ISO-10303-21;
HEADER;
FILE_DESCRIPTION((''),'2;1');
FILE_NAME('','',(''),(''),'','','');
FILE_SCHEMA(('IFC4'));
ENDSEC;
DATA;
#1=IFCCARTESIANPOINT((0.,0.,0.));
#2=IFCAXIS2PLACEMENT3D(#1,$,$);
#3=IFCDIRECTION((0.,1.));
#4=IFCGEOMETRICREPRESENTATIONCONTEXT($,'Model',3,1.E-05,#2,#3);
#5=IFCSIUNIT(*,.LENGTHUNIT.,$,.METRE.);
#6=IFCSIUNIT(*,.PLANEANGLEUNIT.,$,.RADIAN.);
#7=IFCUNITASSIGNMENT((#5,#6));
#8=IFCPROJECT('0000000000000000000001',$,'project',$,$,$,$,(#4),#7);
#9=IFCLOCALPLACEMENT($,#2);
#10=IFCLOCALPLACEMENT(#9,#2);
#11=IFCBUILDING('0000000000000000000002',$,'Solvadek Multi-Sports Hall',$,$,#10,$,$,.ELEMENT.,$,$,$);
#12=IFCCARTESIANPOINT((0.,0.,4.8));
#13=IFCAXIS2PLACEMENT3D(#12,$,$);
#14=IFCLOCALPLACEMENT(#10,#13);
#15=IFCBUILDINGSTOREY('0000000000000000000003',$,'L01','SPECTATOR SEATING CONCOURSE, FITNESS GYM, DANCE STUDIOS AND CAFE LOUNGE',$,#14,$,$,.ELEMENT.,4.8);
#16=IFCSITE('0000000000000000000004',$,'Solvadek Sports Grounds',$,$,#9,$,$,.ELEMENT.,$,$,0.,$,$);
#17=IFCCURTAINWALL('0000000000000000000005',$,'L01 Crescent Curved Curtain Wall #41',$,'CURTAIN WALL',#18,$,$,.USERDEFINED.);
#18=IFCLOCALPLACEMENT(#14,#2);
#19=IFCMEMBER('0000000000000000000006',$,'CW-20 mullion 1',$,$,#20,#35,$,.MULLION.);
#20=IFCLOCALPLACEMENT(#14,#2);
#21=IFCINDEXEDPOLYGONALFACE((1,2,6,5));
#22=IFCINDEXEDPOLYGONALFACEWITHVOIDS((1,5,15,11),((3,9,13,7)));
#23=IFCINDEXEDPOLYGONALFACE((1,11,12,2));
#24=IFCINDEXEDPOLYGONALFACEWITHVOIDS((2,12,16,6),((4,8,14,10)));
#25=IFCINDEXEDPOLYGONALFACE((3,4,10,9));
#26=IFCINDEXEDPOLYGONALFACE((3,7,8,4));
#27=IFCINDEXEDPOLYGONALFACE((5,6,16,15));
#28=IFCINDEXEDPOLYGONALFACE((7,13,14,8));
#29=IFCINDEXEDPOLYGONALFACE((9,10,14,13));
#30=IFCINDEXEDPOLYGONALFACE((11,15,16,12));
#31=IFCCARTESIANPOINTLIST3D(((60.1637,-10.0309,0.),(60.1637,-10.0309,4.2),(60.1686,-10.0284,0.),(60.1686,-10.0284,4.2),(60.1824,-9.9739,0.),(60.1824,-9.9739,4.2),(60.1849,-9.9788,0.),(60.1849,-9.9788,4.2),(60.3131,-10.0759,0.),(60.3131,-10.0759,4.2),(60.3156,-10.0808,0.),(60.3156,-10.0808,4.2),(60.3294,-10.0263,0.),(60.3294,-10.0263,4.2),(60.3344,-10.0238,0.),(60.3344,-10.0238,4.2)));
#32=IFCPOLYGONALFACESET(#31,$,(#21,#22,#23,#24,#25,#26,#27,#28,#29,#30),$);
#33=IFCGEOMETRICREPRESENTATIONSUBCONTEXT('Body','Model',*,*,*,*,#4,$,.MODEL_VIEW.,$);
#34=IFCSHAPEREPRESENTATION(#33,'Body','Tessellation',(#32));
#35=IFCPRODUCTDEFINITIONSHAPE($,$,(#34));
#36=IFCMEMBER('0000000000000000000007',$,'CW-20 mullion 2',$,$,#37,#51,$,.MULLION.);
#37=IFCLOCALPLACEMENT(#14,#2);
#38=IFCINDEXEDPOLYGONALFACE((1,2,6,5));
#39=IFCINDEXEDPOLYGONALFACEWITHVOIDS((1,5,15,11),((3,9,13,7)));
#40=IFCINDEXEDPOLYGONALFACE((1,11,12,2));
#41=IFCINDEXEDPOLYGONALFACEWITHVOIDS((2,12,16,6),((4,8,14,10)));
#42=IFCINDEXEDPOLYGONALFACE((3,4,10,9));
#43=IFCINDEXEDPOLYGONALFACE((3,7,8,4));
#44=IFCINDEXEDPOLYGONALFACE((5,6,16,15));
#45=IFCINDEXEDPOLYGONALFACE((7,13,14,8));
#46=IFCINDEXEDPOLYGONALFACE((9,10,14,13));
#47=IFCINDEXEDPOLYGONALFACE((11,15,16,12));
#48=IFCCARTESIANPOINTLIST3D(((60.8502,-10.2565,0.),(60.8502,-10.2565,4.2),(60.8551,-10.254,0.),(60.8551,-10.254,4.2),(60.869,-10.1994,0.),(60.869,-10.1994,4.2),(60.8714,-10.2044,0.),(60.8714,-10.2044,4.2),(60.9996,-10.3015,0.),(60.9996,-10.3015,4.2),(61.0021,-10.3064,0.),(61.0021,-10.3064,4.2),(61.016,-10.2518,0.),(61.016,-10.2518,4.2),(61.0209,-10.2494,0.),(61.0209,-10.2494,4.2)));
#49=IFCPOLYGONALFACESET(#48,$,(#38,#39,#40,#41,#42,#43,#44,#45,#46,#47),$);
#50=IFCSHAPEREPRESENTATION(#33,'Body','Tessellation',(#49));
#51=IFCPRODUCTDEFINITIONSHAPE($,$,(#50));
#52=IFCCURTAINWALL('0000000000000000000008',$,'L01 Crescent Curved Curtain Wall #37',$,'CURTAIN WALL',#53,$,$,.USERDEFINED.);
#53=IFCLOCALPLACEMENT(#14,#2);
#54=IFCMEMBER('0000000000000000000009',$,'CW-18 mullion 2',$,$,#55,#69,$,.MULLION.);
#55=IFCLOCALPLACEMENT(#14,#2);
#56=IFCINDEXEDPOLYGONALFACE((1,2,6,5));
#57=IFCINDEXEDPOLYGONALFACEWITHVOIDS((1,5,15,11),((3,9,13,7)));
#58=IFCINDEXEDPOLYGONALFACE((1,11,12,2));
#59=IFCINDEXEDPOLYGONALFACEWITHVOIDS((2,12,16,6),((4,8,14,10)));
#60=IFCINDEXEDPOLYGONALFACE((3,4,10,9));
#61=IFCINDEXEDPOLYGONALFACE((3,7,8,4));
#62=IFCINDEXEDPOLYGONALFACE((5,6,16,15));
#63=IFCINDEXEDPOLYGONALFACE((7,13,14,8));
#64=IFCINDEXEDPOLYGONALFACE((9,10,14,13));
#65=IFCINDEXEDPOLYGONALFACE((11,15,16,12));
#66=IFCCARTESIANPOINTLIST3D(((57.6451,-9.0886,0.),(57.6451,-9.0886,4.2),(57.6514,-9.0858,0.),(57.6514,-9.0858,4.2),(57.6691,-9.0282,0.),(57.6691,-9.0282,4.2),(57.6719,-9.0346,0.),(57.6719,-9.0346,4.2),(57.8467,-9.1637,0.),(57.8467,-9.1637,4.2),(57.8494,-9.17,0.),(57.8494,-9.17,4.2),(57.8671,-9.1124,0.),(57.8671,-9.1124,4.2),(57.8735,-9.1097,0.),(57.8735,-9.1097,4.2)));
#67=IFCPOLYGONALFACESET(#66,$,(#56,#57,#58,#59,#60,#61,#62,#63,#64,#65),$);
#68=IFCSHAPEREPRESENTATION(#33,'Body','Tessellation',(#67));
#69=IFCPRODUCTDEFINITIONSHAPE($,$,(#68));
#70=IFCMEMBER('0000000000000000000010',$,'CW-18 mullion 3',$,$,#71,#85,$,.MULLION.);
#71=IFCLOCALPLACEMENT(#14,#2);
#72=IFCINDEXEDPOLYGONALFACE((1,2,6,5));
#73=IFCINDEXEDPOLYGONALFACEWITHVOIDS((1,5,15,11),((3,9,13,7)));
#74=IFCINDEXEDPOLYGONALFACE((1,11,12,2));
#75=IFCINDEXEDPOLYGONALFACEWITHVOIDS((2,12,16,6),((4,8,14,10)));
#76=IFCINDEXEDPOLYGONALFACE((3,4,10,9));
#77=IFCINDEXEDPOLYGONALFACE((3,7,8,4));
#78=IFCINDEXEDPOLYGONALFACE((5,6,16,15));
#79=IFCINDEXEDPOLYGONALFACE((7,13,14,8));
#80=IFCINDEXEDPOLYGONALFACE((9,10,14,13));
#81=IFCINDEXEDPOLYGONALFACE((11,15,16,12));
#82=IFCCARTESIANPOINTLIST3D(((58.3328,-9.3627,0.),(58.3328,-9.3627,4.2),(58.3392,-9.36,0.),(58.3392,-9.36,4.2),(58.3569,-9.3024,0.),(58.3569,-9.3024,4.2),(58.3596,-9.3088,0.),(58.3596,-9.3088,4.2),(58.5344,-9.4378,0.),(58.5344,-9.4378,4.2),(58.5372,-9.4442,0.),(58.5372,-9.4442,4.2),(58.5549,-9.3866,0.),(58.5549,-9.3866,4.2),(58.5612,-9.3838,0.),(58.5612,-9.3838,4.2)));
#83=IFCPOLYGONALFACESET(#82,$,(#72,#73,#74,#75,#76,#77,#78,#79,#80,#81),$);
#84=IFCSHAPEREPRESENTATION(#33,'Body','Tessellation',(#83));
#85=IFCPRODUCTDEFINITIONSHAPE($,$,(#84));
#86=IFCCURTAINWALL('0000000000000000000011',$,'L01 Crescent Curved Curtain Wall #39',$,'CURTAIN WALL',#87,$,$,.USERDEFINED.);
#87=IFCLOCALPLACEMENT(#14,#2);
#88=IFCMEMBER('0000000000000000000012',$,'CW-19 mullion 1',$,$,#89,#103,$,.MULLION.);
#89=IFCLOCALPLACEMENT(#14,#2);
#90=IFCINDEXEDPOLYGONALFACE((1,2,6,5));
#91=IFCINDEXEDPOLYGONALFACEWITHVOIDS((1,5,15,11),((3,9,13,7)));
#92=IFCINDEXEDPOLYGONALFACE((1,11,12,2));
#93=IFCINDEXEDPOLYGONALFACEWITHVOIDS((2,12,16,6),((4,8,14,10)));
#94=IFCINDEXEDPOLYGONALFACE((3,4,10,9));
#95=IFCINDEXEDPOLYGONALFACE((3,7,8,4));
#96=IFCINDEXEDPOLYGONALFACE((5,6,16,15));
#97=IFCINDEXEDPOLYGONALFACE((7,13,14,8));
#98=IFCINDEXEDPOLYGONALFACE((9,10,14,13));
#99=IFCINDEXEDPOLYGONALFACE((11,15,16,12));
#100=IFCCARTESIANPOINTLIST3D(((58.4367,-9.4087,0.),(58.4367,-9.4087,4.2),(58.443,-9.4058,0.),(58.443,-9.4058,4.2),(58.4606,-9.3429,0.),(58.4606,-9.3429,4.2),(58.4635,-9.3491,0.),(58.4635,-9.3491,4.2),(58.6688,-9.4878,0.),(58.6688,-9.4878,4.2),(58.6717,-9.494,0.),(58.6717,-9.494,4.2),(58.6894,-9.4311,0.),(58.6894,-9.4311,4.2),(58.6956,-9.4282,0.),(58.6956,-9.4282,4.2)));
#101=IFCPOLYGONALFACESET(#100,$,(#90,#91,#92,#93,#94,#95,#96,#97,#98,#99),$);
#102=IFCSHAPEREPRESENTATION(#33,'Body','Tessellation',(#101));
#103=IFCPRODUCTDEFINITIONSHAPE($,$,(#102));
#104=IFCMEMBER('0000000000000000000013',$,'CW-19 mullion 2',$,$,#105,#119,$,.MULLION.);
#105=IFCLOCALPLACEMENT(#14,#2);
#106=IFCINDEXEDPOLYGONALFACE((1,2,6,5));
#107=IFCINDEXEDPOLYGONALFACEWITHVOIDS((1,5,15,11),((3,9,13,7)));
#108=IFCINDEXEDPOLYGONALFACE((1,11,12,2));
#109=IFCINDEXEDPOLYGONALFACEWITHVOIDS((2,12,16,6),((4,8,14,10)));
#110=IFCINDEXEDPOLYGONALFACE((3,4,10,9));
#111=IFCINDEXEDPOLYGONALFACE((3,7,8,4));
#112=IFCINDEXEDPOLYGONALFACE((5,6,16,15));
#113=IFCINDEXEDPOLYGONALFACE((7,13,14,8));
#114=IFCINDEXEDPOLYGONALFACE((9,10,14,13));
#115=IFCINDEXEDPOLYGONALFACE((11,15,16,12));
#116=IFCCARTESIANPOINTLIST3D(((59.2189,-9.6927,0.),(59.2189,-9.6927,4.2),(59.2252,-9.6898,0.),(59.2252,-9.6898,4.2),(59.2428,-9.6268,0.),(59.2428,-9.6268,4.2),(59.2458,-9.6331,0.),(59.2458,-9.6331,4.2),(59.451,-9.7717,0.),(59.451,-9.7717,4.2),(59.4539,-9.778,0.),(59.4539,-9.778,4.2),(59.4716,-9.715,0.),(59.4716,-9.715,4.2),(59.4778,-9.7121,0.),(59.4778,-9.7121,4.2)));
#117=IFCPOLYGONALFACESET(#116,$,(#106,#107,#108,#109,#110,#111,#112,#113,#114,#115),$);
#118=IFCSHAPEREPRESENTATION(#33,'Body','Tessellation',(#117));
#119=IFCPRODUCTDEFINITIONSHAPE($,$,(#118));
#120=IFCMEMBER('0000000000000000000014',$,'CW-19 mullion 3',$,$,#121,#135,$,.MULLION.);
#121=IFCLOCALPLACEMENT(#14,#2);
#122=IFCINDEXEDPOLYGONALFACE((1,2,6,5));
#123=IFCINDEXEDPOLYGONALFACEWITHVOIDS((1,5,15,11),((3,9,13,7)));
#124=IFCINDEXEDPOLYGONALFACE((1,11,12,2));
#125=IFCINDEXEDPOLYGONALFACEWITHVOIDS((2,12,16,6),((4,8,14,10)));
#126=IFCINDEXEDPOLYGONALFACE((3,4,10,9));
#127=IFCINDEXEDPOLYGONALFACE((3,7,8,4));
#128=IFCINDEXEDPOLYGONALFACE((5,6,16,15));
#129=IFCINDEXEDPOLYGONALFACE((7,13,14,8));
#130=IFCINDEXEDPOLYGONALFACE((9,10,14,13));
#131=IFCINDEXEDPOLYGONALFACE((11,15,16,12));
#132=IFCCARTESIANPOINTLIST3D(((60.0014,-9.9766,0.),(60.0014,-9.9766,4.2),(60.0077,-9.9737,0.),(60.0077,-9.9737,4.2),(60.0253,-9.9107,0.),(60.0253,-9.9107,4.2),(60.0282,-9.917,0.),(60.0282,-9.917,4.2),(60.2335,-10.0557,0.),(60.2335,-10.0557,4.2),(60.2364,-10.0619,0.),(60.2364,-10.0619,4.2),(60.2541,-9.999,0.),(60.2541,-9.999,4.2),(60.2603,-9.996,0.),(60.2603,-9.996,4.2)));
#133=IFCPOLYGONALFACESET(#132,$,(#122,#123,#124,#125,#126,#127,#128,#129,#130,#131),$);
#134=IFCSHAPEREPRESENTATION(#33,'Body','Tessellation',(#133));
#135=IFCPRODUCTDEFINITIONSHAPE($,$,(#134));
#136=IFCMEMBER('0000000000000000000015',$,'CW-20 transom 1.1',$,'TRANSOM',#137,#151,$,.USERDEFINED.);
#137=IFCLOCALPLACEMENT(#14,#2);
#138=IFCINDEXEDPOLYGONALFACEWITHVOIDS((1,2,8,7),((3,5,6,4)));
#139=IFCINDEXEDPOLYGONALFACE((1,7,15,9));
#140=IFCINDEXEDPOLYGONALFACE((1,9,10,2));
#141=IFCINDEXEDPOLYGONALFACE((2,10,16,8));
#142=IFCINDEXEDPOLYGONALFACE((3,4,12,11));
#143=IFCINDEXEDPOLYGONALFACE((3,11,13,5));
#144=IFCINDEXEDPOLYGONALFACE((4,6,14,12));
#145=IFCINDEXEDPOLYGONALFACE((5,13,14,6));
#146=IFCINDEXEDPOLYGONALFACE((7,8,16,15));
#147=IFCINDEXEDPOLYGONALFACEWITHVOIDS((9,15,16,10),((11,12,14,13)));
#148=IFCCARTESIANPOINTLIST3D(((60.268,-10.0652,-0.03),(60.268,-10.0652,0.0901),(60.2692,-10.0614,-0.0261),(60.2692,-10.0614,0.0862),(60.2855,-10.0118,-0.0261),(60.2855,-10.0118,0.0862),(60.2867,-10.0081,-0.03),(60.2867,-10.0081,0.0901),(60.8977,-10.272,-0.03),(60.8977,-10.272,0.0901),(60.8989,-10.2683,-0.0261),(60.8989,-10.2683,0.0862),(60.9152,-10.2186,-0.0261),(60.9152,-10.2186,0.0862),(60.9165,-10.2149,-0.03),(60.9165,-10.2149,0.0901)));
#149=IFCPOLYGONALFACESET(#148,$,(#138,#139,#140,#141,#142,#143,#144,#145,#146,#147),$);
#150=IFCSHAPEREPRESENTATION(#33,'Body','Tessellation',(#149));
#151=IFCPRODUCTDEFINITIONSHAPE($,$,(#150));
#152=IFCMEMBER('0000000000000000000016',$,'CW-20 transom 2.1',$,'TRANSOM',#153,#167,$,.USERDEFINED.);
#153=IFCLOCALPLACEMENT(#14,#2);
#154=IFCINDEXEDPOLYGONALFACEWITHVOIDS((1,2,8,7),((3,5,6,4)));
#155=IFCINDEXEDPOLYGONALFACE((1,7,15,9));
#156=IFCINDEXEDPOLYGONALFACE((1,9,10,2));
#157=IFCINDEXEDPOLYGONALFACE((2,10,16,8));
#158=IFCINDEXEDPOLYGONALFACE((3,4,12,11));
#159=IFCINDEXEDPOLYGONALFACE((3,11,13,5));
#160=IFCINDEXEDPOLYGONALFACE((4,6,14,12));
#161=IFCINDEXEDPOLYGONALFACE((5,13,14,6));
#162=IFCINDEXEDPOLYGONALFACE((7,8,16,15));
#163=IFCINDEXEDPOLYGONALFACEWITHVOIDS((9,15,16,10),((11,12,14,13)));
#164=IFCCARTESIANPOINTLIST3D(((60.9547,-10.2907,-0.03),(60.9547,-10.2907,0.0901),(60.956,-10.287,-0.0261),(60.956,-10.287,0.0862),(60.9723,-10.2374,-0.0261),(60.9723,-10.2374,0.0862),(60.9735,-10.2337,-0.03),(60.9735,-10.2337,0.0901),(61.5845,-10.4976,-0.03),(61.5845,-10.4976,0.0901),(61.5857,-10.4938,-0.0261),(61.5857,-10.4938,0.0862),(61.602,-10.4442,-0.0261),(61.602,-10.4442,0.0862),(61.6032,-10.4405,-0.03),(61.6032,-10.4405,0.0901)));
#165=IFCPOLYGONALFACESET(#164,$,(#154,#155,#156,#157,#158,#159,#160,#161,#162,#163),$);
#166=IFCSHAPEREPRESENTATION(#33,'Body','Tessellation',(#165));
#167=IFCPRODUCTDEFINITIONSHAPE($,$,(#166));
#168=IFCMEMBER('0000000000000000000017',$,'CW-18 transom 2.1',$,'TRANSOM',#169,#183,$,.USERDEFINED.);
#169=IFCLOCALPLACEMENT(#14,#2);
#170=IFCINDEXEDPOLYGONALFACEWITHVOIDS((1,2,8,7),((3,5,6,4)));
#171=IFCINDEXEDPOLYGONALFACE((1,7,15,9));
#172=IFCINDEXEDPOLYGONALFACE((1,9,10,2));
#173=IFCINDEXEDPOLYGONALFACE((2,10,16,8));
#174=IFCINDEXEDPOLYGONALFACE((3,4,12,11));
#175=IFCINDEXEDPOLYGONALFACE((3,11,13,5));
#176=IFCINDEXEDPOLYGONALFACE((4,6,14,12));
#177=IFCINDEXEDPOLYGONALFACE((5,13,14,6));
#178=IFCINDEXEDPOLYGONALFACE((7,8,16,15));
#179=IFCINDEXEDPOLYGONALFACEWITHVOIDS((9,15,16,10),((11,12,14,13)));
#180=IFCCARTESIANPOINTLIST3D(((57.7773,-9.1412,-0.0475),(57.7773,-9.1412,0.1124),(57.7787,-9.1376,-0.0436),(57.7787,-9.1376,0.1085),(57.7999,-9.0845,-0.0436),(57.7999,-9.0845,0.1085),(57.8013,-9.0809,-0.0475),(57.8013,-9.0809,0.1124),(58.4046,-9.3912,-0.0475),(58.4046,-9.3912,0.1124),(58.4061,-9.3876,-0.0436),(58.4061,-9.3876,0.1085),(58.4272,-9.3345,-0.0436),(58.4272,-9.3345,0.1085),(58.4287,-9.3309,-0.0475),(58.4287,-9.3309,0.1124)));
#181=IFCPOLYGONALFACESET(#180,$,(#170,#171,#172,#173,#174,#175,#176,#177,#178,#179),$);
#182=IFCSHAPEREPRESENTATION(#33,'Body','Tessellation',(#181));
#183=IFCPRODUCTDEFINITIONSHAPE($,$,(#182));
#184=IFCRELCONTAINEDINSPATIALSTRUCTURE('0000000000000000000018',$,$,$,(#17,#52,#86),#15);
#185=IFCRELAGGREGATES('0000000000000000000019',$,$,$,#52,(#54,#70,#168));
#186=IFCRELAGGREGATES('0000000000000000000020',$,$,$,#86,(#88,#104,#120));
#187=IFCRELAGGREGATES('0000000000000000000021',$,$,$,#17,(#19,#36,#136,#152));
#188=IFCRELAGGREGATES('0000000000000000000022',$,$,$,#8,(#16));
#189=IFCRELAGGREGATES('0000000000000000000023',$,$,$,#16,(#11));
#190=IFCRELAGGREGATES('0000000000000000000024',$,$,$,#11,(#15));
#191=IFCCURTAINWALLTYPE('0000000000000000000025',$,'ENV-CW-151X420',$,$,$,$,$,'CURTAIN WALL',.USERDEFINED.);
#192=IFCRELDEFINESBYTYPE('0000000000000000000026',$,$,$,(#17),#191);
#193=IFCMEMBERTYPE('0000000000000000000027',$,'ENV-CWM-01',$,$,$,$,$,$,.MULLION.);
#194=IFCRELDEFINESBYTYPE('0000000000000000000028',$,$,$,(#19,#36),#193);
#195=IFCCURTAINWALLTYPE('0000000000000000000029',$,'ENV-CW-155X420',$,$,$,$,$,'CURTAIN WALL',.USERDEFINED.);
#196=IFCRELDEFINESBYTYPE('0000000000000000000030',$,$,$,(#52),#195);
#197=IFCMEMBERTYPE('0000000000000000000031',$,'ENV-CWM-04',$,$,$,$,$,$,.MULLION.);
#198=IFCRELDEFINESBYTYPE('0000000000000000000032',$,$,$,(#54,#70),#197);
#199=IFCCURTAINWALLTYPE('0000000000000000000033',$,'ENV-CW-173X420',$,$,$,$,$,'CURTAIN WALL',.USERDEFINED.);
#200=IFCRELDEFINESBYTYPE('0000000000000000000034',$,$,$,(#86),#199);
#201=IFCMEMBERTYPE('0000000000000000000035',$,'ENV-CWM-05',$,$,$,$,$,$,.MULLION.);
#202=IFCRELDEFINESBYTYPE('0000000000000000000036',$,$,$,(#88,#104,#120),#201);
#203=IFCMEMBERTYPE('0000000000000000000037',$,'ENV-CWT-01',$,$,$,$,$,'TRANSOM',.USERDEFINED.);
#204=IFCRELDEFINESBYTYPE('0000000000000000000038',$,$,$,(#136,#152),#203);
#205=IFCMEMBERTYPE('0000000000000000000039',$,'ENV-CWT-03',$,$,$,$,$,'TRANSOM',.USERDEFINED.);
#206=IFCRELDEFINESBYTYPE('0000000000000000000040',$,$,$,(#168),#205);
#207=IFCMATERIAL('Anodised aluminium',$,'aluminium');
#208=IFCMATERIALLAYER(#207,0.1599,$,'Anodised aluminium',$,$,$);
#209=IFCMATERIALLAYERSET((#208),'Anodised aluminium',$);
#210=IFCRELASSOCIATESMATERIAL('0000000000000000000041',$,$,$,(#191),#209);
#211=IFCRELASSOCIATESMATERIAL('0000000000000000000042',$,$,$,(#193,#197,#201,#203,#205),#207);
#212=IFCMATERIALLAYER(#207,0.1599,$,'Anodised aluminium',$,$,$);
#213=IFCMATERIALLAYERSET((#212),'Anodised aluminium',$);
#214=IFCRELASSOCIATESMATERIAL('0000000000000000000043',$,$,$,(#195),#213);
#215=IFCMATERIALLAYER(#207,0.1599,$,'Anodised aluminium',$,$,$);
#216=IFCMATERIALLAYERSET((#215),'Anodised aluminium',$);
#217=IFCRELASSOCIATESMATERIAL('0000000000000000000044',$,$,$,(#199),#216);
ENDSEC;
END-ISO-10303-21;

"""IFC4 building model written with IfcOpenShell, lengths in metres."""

from ifc_helpers import new_model, si_unit, direction, frame, origin, origin_2d, place, context, subcontext, project, spatial, hollow_rectangle, extrude, material, layer, layer_set, material_profile, profile_set, type_object, element, aggregate, save


model = new_model("IFC4")

# Units and contexts
model_context = context("Model", 3, precision=1e-05, world=origin(), true_north=direction((0.0, 1.0)))
body_context = subcontext(model_context, "Body", "Model", "MODEL_VIEW")
ifc_project = project(units=[si_unit("LENGTHUNIT", "METRE"), si_unit("PLANEANGLEUNIT", "RADIAN")], contexts=[model_context])

# Site, building, storey
site_placement = place(None, origin())
site = spatial("IfcSite", under=ifc_project, at=site_placement, Name="Solvadek Sports Grounds", CompositionType="ELEMENT", RefElevation=0.0)
building_placement = place(site_placement, origin())
building = spatial("IfcBuilding", under=site, at=building_placement, Name="Solvadek Multi-Sports Hall", CompositionType="ELEMENT")
storey_placement = place(building_placement, frame((0.0, 0.0, 4.8)))
storey = spatial("IfcBuildingStorey", under=building, at=storey_placement, Name="L01", Description="SPECTATOR SEATING CONCOURSE, FITNESS GYM, DANCE STUDIOS AND CAFE LOUNGE", CompositionType="ELEMENT", Elevation=4.8)

# Curtain walls, members
ifc_material_1 = material(Name="Anodised aluminium", Category="aluminium")
ifc_layer_1 = layer(ifc_material_1, 0.1599, Name="Anodised aluminium")
ifc_layer_set_1 = layer_set([ifc_layer_1], Name="Anodised aluminium")
curtain_wall_type_1 = type_object("IfcCurtainWallType", Name="ENV-CW-151X420", ElementType="CURTAIN WALL", PredefinedType="USERDEFINED", material=ifc_layer_set_1)
curtain_wall_1_placement = place(storey_placement, origin())
curtain_wall_1 = element("IfcCurtainWall", 1, at=curtain_wall_1_placement, inside=storey, type_object=curtain_wall_type_1, Name="L01 Crescent Curved Curtain Wall #41", ObjectType="CURTAIN WALL", PredefinedType="USERDEFINED")
ifc_material_profile_1 = material_profile(ifc_material_1, hollow_rectangle(XDim=0.0601, YDim=0.1599, WallThickness=0.0039, at=origin_2d()), Name="ALU-M 160x60x4")
ifc_profile_set_1 = profile_set([ifc_material_profile_1], Name="Anodised aluminium")
member_type_1 = type_object("IfcMemberType", Name="ENV-CWM-01", PredefinedType="MULLION", material=ifc_profile_set_1)
member_1_placement = place(storey_placement, frame((60.249, -10.0273, 0.0), z_axis=(0.0, 0.0, 1.0), x_axis=(0.3121, 0.950049, 0.0)))
member_1 = element("IfcMember", 2, at=member_1_placement, type_object=member_type_1, Name="CW-20 mullion 1", PredefinedType="MULLION", context=body_context, shape_type="SweptSolid", body=[
    extrude(hollow_rectangle(XDim=0.0601, YDim=0.1599, WallThickness=0.0039, at=origin_2d()), origin(), (0.0, 0.0, 1.0), 4.2),
])
member_2_placement = place(storey_placement, frame((60.9355, -10.2529, 0.0), z_axis=(0.0, 0.0, 1.0), x_axis=(0.3121, 0.950049, 0.0)))
member_2 = element("IfcMember", 3, at=member_2_placement, type_object=member_type_1, Name="CW-20 mullion 2", PredefinedType="MULLION", context=body_context, shape_type="SweptSolid", body=[
    extrude(hollow_rectangle(XDim=0.0601, YDim=0.1599, WallThickness=0.0039, at=origin_2d()), origin(), (0.0, 0.0, 1.0), 4.2),
])
ifc_layer_2 = layer(ifc_material_1, 0.1599, Name="Anodised aluminium")
ifc_layer_set_2 = layer_set([ifc_layer_2], Name="Anodised aluminium")
curtain_wall_type_2 = type_object("IfcCurtainWallType", Name="ENV-CW-155X420", ElementType="CURTAIN WALL", PredefinedType="USERDEFINED", material=ifc_layer_set_2)
curtain_wall_2_placement = place(storey_placement, origin())
curtain_wall_2 = element("IfcCurtainWall", 4, at=curtain_wall_2_placement, inside=storey, type_object=curtain_wall_type_2, Name="L01 Crescent Curved Curtain Wall #37", ObjectType="CURTAIN WALL", PredefinedType="USERDEFINED")
ifc_material_profile_2 = material_profile(ifc_material_1, hollow_rectangle(XDim=0.0649, YDim=0.22, WallThickness=0.0049, at=origin_2d()), Name="ALU-M 220x65x5")
ifc_profile_set_2 = profile_set([ifc_material_profile_2], Name="Anodised aluminium")
member_type_2 = type_object("IfcMemberType", Name="ENV-CWM-04", PredefinedType="MULLION", material=ifc_profile_set_2)
member_3_placement = place(storey_placement, frame((57.7593, -9.0991, 0.0), z_axis=(0.0, 0.0, 1.0), x_axis=(0.370163, 0.928967, 0.0)))
member_3 = element("IfcMember", 5, at=member_3_placement, type_object=member_type_2, Name="CW-18 mullion 2", PredefinedType="MULLION", context=body_context, shape_type="SweptSolid", body=[
    extrude(hollow_rectangle(XDim=0.0649, YDim=0.22, WallThickness=0.0049, at=origin_2d()), origin(), (0.0, 0.0, 1.0), 4.2),
])
member_4_placement = place(storey_placement, frame((58.447, -9.3733, 0.0), z_axis=(0.0, 0.0, 1.0), x_axis=(0.370163, 0.928967, 0.0)))
member_4 = element("IfcMember", 6, at=member_4_placement, type_object=member_type_2, Name="CW-18 mullion 3", PredefinedType="MULLION", context=body_context, shape_type="SweptSolid", body=[
    extrude(hollow_rectangle(XDim=0.0649, YDim=0.22, WallThickness=0.0049, at=origin_2d()), origin(), (0.0, 0.0, 1.0), 4.2),
])
ifc_layer_3 = layer(ifc_material_1, 0.1599, Name="Anodised aluminium")
ifc_layer_set_3 = layer_set([ifc_layer_3], Name="Anodised aluminium")
curtain_wall_type_3 = type_object("IfcCurtainWallType", Name="ENV-CW-173X420", ElementType="CURTAIN WALL", PredefinedType="USERDEFINED", material=ifc_layer_set_3)
curtain_wall_3_placement = place(storey_placement, origin())
curtain_wall_3 = element("IfcCurtainWall", 7, at=curtain_wall_3_placement, inside=storey, type_object=curtain_wall_type_3, Name="L01 Crescent Curved Curtain Wall #39", ObjectType="CURTAIN WALL", PredefinedType="USERDEFINED")
ifc_material_profile_3 = material_profile(ifc_material_1, hollow_rectangle(XDim=0.0701, YDim=0.25, WallThickness=0.0049, at=origin_2d()), Name="ALU-M 250x70x5")
ifc_profile_set_3 = profile_set([ifc_material_profile_3], Name="Anodised aluminium")
member_type_3 = type_object("IfcMemberType", Name="ENV-CWM-05", PredefinedType="MULLION", material=ifc_profile_set_3)
member_5_placement = place(storey_placement, frame((58.5662, -9.4185, 0.0), z_axis=(0.0, 0.0, 1.0), x_axis=(0.341197, 0.939992, 0.0)))
member_5 = element("IfcMember", 8, at=member_5_placement, type_object=member_type_3, Name="CW-19 mullion 1", PredefinedType="MULLION", context=body_context, shape_type="SweptSolid", body=[
    extrude(hollow_rectangle(XDim=0.0701, YDim=0.25, WallThickness=0.0049, at=origin_2d()), origin(), (0.0, 0.0, 1.0), 4.2),
])
member_6_placement = place(storey_placement, frame((59.3484, -9.7024, 0.0), z_axis=(0.0, 0.0, 1.0), x_axis=(0.341197, 0.939992, 0.0)))
member_6 = element("IfcMember", 9, at=member_6_placement, type_object=member_type_3, Name="CW-19 mullion 2", PredefinedType="MULLION", context=body_context, shape_type="SweptSolid", body=[
    extrude(hollow_rectangle(XDim=0.0701, YDim=0.25, WallThickness=0.0049, at=origin_2d()), origin(), (0.0, 0.0, 1.0), 4.2),
])
member_7_placement = place(storey_placement, frame((60.1309, -9.9863, 0.0), z_axis=(0.0, 0.0, 1.0), x_axis=(0.341197, 0.939992, 0.0)))
member_7 = element("IfcMember", 10, at=member_7_placement, type_object=member_type_3, Name="CW-19 mullion 3", PredefinedType="MULLION", context=body_context, shape_type="SweptSolid", body=[
    extrude(hollow_rectangle(XDim=0.0701, YDim=0.25, WallThickness=0.0049, at=origin_2d()), origin(), (0.0, 0.0, 1.0), 4.2),
])

# Members
ifc_material_profile_4 = material_profile(ifc_material_1, hollow_rectangle(XDim=0.0601, YDim=0.1201, WallThickness=0.0039, at=origin_2d()), Name="ALU-T 120x60x4")
ifc_profile_set_4 = profile_set([ifc_material_profile_4], Name="Anodised aluminium")
member_type_4 = type_object("IfcMemberType", Name="ENV-CWT-01", ElementType="TRANSOM", PredefinedType="USERDEFINED", material=ifc_profile_set_4)
member_8_placement = place(storey_placement, frame((60.2773, -10.0366, 0.03), z_axis=(0.950074, -0.312025, 0.0), x_axis=(0.312025, 0.950074, 0.0)))
member_8 = element("IfcMember", 11, at=member_8_placement, type_object=member_type_4, Name="CW-20 transom 1.1", ObjectType="TRANSOM", PredefinedType="USERDEFINED", context=body_context, shape_type="SweptSolid", body=[
    extrude(hollow_rectangle(XDim=0.0601, YDim=0.1201, WallThickness=0.0039, at=origin_2d()), origin(), (0.0, 0.0, 1.0), 0.6628),
])
member_9_placement = place(storey_placement, frame((60.9641, -10.2622, 0.03), z_axis=(0.950074, -0.312025, 0.0), x_axis=(0.312025, 0.950074, 0.0)))
member_9 = element("IfcMember", 12, at=member_9_placement, type_object=member_type_4, Name="CW-20 transom 2.1", ObjectType="TRANSOM", PredefinedType="USERDEFINED", context=body_context, shape_type="SweptSolid", body=[
    extrude(hollow_rectangle(XDim=0.0601, YDim=0.1201, WallThickness=0.0039, at=origin_2d()), origin(), (0.0, 0.0, 1.0), 0.6628),
])
ifc_material_profile_5 = material_profile(ifc_material_1, hollow_rectangle(XDim=0.0649, YDim=0.1599, WallThickness=0.0039, at=origin_2d()), Name="ALU-T 160x65x4")
ifc_profile_set_5 = profile_set([ifc_material_profile_5], Name="Anodised aluminium")
member_type_5 = type_object("IfcMemberType", Name="ENV-CWT-03", ElementType="TRANSOM", PredefinedType="USERDEFINED", material=ifc_profile_set_5)
member_10_placement = place(storey_placement, frame((57.7893, -9.1111, 0.0325), z_axis=(0.928974, -0.370144, 0.0), x_axis=(0.370144, 0.928974, 0.0)))
member_10 = element("IfcMember", 13, at=member_10_placement, type_object=member_type_5, Name="CW-18 transom 2.1", ObjectType="TRANSOM", PredefinedType="USERDEFINED", context=body_context, shape_type="SweptSolid", body=[
    extrude(hollow_rectangle(XDim=0.0649, YDim=0.1599, WallThickness=0.0039, at=origin_2d()), origin(), (0.0, 0.0, 1.0), 0.6753),
])

aggregate(curtain_wall_2, [member_3, member_4, member_10])
aggregate(curtain_wall_3, [member_5, member_6, member_7])
aggregate(curtain_wall_1, [member_1, member_2, member_8, member_9])

save(model, "model.ifc")
